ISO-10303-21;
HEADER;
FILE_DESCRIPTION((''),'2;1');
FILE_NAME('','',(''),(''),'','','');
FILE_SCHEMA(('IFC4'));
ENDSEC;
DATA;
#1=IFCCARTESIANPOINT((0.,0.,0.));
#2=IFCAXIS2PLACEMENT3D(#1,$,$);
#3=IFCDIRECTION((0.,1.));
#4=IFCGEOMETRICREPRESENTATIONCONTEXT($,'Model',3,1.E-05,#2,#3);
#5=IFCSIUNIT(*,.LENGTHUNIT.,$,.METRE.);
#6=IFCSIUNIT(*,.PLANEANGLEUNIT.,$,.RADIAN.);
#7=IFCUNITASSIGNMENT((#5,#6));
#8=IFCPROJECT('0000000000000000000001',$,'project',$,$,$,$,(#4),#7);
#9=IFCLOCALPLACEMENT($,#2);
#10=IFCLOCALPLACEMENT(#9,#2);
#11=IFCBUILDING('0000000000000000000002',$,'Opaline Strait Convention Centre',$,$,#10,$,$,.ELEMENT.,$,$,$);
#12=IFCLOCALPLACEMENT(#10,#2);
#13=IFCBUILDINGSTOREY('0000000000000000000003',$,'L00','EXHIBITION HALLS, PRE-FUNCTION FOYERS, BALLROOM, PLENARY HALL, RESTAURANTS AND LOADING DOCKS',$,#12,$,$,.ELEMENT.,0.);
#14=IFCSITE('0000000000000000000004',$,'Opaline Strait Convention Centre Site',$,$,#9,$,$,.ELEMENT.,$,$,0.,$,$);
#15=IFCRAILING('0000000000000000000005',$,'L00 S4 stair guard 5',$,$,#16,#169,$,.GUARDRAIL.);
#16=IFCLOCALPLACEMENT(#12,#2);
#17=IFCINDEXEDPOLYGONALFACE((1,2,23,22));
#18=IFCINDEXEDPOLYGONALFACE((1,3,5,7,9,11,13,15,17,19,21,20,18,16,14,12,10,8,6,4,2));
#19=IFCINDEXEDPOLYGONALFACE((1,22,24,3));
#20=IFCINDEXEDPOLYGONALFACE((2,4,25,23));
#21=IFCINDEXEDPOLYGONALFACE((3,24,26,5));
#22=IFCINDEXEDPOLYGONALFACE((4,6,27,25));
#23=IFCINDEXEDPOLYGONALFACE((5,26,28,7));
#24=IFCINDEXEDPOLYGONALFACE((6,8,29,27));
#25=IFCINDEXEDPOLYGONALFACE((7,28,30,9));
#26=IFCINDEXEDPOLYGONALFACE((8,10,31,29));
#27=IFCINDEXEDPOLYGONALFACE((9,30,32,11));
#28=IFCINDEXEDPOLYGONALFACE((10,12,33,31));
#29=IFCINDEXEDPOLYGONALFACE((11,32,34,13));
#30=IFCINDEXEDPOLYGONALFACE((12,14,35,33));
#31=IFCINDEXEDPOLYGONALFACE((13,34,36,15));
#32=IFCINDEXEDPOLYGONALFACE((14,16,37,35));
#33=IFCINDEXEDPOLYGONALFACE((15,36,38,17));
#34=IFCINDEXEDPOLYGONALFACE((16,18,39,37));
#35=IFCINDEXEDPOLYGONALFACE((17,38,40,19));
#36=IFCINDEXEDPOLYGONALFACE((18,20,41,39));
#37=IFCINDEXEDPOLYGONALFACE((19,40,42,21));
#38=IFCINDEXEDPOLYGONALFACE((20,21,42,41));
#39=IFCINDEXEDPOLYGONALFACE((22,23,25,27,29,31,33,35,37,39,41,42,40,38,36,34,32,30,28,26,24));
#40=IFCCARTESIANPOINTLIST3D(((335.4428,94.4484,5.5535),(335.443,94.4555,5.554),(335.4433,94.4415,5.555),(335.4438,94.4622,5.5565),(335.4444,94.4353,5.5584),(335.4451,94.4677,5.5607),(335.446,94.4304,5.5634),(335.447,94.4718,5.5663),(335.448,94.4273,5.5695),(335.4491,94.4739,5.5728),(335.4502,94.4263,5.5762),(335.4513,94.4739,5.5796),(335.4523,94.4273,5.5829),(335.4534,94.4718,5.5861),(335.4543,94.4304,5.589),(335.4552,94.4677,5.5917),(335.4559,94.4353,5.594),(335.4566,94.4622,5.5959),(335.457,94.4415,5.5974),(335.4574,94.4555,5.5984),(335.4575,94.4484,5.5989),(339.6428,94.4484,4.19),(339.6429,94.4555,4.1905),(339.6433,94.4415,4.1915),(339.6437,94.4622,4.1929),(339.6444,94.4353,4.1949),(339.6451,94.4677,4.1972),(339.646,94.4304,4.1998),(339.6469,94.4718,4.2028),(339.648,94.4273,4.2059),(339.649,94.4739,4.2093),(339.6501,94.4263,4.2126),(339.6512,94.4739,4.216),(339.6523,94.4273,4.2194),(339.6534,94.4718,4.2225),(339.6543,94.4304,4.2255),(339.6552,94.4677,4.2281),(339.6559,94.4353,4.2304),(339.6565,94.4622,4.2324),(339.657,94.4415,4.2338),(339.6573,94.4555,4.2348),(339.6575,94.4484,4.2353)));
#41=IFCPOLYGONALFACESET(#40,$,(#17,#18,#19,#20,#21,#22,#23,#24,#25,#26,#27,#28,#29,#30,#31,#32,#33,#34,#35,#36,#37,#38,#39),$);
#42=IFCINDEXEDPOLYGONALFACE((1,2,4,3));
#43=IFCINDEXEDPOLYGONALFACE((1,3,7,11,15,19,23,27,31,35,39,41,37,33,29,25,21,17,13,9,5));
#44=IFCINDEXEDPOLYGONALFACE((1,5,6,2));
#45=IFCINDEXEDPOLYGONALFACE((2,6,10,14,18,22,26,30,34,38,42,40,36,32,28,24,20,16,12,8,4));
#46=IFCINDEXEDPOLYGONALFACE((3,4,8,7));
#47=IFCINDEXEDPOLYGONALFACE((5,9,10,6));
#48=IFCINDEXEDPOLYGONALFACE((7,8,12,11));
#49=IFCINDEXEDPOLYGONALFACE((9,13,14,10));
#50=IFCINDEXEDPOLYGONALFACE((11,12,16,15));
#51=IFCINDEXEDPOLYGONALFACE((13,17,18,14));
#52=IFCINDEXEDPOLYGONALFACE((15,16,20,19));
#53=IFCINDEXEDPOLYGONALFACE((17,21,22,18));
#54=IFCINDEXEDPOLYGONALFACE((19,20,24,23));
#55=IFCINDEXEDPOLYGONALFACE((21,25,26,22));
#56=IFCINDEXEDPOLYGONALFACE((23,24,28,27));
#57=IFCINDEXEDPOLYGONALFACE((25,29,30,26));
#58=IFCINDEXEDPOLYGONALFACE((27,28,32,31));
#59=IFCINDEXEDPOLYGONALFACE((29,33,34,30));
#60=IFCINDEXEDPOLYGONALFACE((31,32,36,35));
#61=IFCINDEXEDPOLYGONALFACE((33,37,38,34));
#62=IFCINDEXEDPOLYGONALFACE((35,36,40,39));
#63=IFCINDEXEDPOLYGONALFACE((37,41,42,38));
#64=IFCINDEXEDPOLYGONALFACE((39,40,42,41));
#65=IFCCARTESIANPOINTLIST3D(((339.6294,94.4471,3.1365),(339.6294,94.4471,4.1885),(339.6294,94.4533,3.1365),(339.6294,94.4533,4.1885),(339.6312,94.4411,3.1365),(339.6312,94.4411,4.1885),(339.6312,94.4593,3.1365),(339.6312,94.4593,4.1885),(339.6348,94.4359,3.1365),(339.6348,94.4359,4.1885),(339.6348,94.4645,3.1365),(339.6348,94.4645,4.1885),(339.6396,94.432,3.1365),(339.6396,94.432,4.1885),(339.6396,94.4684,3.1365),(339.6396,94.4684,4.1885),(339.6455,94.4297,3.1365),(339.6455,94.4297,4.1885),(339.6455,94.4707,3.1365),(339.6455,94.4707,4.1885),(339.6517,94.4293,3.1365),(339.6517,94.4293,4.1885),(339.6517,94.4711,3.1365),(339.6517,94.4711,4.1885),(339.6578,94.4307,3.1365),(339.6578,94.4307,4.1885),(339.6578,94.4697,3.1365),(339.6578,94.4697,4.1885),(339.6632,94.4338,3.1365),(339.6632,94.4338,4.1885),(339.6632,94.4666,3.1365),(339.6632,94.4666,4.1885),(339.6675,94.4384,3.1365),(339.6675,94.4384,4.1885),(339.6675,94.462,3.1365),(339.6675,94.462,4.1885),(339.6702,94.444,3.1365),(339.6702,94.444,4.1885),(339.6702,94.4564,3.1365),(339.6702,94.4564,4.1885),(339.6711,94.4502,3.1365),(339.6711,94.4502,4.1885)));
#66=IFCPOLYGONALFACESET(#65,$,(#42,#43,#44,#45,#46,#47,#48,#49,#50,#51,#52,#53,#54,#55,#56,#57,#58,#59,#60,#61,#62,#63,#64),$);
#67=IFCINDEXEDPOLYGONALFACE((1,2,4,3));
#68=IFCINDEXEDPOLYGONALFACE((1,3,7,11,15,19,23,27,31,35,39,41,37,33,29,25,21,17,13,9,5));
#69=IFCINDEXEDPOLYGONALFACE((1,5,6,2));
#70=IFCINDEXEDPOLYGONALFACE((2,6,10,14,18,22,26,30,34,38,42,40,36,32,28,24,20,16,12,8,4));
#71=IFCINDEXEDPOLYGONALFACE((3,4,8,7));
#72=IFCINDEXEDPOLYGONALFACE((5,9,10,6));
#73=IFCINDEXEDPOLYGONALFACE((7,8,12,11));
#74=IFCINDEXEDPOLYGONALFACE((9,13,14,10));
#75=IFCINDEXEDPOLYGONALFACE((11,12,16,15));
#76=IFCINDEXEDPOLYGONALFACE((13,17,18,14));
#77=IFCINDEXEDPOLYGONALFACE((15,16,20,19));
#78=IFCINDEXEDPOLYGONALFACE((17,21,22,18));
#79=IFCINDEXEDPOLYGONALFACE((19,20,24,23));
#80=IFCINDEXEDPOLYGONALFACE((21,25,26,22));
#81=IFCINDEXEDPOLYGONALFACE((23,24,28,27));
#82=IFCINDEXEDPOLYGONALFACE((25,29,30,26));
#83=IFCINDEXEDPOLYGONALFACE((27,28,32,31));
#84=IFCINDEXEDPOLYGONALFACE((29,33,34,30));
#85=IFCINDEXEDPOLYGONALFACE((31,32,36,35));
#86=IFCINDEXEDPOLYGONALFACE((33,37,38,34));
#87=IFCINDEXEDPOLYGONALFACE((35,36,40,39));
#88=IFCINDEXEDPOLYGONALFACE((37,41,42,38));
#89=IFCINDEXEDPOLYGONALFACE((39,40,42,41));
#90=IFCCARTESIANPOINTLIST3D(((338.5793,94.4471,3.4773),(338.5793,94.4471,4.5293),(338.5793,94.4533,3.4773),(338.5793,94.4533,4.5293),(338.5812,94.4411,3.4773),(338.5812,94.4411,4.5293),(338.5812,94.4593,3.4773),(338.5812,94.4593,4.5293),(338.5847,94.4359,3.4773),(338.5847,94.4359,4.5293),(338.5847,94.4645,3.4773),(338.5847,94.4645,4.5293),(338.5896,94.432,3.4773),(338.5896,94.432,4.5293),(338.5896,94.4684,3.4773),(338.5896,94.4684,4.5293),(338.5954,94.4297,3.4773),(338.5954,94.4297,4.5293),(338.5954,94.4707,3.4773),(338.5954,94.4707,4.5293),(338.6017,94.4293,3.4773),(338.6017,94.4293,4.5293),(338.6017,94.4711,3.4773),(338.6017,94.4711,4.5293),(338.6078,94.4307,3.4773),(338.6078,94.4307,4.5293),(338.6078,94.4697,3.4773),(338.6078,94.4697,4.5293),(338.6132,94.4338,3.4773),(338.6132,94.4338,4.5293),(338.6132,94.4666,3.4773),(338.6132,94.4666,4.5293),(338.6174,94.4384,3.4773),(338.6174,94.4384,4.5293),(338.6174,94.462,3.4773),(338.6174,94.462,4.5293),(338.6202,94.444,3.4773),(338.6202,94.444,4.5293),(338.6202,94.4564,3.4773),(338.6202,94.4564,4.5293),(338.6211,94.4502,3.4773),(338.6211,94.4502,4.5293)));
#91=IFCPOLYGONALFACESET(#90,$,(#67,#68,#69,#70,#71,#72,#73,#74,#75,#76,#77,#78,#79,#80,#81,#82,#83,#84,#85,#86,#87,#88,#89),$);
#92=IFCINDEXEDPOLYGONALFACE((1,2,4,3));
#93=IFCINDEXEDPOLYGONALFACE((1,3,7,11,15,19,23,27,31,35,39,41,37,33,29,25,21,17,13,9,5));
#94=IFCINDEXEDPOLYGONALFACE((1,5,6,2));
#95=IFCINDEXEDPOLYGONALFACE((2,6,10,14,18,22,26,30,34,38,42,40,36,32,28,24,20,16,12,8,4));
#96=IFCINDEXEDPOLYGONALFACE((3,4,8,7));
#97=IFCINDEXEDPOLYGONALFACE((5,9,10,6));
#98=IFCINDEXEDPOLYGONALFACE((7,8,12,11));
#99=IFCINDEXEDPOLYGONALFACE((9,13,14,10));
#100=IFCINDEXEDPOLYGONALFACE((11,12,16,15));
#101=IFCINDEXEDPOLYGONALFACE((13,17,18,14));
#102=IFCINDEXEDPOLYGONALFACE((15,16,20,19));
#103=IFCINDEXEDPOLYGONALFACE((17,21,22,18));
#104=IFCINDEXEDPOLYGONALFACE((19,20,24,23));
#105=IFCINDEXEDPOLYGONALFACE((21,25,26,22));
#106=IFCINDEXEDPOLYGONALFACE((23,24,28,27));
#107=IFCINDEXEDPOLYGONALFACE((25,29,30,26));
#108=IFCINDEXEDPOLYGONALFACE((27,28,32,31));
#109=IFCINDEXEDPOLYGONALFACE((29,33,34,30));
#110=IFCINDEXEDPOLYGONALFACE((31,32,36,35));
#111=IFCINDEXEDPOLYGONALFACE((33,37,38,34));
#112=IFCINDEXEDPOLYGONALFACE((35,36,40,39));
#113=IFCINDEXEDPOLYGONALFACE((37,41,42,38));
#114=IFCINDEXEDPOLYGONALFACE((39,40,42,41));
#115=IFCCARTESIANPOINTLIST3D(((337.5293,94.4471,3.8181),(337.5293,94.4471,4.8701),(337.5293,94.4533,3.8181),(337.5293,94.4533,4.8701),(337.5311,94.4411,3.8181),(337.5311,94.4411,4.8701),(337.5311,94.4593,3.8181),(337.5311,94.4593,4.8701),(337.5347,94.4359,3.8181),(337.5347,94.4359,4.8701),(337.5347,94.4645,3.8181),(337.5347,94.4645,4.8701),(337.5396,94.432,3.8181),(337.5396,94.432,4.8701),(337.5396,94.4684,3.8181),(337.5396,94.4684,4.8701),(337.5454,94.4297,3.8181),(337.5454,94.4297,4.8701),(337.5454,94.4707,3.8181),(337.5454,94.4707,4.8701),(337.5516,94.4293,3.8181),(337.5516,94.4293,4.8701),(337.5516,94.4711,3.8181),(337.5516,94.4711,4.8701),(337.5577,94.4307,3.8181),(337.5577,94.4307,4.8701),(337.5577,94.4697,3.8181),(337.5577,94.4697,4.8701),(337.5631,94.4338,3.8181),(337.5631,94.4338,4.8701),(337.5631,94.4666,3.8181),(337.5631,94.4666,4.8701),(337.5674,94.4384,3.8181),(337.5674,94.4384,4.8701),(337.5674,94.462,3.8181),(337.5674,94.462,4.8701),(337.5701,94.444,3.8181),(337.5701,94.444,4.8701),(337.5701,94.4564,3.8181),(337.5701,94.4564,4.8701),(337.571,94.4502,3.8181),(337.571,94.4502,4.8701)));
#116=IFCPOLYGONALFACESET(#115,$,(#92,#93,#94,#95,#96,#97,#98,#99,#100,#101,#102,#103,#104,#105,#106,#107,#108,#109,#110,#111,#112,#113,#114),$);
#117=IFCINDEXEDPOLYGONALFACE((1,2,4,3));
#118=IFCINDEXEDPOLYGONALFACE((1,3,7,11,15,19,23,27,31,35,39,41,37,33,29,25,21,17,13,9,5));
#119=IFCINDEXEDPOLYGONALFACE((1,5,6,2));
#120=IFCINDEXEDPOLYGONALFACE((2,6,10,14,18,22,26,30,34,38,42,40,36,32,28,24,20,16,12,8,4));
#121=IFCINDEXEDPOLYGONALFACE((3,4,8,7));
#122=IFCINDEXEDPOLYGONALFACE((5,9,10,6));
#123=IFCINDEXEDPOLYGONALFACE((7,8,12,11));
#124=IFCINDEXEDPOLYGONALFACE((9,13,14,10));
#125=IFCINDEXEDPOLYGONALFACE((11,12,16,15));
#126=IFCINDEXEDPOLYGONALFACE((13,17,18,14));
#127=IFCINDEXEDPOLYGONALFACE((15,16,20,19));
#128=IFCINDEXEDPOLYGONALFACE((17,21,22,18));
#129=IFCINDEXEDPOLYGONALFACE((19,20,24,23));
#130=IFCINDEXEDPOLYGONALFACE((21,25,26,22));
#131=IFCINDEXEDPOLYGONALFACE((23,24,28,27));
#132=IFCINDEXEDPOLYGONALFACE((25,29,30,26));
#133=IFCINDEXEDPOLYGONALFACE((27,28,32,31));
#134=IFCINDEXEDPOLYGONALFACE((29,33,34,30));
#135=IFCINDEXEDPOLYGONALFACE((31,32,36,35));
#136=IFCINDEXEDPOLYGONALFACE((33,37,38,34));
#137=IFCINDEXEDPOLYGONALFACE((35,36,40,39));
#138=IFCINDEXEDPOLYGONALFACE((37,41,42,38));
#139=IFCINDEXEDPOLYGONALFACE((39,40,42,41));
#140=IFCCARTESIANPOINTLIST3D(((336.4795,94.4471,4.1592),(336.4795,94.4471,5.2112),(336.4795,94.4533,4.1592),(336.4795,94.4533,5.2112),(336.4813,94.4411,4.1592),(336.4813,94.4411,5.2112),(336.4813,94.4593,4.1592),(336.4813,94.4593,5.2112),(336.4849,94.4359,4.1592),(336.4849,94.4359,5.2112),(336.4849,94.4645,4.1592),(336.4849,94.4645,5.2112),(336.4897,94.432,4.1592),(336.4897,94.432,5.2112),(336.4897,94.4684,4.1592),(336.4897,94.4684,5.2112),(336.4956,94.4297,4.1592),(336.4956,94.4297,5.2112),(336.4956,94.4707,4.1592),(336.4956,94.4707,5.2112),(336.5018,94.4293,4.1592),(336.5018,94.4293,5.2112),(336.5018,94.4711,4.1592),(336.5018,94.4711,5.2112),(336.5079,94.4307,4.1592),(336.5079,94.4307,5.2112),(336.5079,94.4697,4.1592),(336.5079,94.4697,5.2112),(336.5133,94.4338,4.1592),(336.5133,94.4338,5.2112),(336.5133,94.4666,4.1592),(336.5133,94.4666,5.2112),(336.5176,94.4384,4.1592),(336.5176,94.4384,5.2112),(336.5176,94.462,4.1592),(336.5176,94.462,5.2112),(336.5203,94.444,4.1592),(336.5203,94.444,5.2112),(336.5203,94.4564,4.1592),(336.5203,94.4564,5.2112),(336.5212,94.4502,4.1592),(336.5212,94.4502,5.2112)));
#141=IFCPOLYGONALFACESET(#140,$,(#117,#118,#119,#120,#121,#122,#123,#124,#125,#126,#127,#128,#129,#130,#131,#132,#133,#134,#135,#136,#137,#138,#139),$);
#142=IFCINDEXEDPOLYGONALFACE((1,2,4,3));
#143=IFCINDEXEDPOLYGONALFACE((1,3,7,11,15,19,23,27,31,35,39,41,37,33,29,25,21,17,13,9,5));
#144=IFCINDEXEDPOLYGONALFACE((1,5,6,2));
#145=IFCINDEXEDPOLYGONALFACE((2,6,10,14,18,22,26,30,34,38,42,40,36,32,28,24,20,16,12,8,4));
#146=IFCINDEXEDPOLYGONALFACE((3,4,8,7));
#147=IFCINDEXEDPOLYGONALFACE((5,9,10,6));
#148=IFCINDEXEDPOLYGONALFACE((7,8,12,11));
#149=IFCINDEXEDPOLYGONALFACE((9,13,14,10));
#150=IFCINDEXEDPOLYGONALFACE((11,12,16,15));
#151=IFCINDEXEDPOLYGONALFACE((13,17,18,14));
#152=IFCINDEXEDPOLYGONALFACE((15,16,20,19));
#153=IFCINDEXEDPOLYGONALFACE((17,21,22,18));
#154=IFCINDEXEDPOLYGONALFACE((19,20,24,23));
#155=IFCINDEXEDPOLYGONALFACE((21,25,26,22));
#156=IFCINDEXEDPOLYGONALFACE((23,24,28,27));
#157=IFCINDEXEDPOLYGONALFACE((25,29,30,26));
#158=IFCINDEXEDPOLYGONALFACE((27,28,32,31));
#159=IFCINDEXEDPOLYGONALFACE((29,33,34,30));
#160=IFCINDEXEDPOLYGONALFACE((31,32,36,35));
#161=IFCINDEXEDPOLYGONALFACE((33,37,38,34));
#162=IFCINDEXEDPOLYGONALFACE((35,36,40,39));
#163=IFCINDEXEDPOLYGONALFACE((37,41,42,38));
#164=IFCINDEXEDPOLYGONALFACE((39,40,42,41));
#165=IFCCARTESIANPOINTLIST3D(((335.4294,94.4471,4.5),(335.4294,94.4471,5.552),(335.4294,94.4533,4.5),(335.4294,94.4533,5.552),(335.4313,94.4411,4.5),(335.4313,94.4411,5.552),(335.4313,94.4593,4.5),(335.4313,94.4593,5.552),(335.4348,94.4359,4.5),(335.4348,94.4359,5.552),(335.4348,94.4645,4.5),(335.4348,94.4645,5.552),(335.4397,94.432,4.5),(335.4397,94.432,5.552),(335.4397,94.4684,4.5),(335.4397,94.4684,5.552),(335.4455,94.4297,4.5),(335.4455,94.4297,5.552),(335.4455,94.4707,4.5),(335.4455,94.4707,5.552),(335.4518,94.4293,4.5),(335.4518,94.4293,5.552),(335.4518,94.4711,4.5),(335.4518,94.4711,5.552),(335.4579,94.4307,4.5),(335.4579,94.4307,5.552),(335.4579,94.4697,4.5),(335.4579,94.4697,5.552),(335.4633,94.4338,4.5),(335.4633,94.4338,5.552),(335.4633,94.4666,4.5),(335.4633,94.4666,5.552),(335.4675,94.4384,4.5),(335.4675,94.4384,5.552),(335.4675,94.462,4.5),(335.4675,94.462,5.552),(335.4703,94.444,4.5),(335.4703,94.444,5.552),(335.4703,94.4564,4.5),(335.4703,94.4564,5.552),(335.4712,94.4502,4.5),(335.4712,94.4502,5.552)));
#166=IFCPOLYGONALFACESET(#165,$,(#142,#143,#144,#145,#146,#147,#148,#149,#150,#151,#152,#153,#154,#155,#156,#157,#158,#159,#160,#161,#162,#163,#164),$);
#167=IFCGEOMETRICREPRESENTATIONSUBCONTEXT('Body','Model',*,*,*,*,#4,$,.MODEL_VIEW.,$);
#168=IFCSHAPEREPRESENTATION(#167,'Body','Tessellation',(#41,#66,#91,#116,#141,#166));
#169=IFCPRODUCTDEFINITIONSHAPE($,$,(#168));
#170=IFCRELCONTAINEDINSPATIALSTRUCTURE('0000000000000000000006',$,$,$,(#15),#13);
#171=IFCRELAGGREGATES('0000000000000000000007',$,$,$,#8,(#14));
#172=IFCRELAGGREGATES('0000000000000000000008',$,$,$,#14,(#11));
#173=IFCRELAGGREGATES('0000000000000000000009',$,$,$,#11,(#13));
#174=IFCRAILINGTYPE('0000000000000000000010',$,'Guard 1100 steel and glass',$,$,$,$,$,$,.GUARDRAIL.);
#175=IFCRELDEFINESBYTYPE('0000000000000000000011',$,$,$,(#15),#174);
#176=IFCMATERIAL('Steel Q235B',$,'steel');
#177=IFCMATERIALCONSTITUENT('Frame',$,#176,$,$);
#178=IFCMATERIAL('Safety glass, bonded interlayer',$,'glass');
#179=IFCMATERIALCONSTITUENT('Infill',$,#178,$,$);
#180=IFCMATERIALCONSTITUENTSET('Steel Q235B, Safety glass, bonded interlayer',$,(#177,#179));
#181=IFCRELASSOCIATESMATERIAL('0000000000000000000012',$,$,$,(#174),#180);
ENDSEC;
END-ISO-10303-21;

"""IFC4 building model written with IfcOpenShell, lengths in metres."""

from ifc_helpers import new_model, si_unit, direction, frame, origin, origin_2d, place, context, subcontext, project, spatial, circle, extrude, material, constituent, constituent_set, type_object, element, save


model = new_model("IFC4")

# Units and contexts
model_context = context("Model", 3, precision=1e-05, world=origin(), true_north=direction((0.0, 1.0)))
body_context = subcontext(model_context, "Body", "Model", "MODEL_VIEW")
ifc_project = project(units=[si_unit("LENGTHUNIT", "METRE"), si_unit("PLANEANGLEUNIT", "RADIAN")], contexts=[model_context])

# Site, building, storey
site_placement = place(None, origin())
site = spatial("IfcSite", under=ifc_project, at=site_placement, Name="Opaline Strait Convention Centre Site", CompositionType="ELEMENT", RefElevation=0.0)
building_placement = place(site_placement, origin())
building = spatial("IfcBuilding", under=site, at=building_placement, Name="Opaline Strait Convention Centre", CompositionType="ELEMENT")
storey_placement = place(building_placement, origin())
storey = spatial("IfcBuildingStorey", under=building, at=storey_placement, Name="L00", Description="EXHIBITION HALLS, PRE-FUNCTION FOYERS, BALLROOM, PLENARY HALL, RESTAURANTS AND LOADING DOCKS", CompositionType="ELEMENT", Elevation=0.0)

# Railing
ifc_material_1 = material(Name="Steel Q235B", Category="steel")
ifc_constituent_1 = constituent(ifc_material_1, Name="Frame")
ifc_material_2 = material(Name="Safety glass, bonded interlayer", Category="glass")
ifc_constituent_2 = constituent(ifc_material_2, Name="Infill")
ifc_constituent_set = constituent_set(constituents=[ifc_constituent_1, ifc_constituent_2], Name="Steel Q235B, Safety glass, bonded interlayer")
railing_type_1 = type_object("IfcRailingType", Name="Guard 1100 steel and glass", PredefinedType="GUARDRAIL", material=ifc_constituent_set)
railing_1_placement = place(storey_placement, frame((339.6501, 94.4502, 3.1365)))
element("IfcRailing", 1, at=railing_1_placement, inside=storey, type_object=railing_type_1, Name="L00 S4 stair guard 5", PredefinedType="GUARDRAIL", context=body_context, shape_type="SweptSolid", body=[
    extrude(circle(Radius=0.0239, at=origin_2d()), frame((0.0, 0.0, 1.0762), z_axis=(-0.951131, 0.0, 0.308787), x_axis=(0.0, -1.0, 0.0)), (0.0, 0.0, 1.0), 4.4158),
    extrude(circle(Radius=0.021, at=origin_2d()), origin(), (0.0, 0.0, 1.0), 1.052),
    extrude(circle(Radius=0.021, at=origin_2d()), frame((-1.05, 0.0, 0.3408)), (0.0, 0.0, 1.0), 1.052),
    extrude(circle(Radius=0.021, at=origin_2d()), frame((-2.1001, 0.0, 0.6816)), (0.0, 0.0, 1.0), 1.052),
    extrude(circle(Radius=0.021, at=origin_2d()), frame((-3.1499, 0.0, 1.0227)), (0.0, 0.0, 1.0), 1.052),
    extrude(circle(Radius=0.021, at=origin_2d()), frame((-4.2, 0.0, 1.3635)), (0.0, 0.0, 1.0), 1.052),
])

save(model, "model.ifc")
